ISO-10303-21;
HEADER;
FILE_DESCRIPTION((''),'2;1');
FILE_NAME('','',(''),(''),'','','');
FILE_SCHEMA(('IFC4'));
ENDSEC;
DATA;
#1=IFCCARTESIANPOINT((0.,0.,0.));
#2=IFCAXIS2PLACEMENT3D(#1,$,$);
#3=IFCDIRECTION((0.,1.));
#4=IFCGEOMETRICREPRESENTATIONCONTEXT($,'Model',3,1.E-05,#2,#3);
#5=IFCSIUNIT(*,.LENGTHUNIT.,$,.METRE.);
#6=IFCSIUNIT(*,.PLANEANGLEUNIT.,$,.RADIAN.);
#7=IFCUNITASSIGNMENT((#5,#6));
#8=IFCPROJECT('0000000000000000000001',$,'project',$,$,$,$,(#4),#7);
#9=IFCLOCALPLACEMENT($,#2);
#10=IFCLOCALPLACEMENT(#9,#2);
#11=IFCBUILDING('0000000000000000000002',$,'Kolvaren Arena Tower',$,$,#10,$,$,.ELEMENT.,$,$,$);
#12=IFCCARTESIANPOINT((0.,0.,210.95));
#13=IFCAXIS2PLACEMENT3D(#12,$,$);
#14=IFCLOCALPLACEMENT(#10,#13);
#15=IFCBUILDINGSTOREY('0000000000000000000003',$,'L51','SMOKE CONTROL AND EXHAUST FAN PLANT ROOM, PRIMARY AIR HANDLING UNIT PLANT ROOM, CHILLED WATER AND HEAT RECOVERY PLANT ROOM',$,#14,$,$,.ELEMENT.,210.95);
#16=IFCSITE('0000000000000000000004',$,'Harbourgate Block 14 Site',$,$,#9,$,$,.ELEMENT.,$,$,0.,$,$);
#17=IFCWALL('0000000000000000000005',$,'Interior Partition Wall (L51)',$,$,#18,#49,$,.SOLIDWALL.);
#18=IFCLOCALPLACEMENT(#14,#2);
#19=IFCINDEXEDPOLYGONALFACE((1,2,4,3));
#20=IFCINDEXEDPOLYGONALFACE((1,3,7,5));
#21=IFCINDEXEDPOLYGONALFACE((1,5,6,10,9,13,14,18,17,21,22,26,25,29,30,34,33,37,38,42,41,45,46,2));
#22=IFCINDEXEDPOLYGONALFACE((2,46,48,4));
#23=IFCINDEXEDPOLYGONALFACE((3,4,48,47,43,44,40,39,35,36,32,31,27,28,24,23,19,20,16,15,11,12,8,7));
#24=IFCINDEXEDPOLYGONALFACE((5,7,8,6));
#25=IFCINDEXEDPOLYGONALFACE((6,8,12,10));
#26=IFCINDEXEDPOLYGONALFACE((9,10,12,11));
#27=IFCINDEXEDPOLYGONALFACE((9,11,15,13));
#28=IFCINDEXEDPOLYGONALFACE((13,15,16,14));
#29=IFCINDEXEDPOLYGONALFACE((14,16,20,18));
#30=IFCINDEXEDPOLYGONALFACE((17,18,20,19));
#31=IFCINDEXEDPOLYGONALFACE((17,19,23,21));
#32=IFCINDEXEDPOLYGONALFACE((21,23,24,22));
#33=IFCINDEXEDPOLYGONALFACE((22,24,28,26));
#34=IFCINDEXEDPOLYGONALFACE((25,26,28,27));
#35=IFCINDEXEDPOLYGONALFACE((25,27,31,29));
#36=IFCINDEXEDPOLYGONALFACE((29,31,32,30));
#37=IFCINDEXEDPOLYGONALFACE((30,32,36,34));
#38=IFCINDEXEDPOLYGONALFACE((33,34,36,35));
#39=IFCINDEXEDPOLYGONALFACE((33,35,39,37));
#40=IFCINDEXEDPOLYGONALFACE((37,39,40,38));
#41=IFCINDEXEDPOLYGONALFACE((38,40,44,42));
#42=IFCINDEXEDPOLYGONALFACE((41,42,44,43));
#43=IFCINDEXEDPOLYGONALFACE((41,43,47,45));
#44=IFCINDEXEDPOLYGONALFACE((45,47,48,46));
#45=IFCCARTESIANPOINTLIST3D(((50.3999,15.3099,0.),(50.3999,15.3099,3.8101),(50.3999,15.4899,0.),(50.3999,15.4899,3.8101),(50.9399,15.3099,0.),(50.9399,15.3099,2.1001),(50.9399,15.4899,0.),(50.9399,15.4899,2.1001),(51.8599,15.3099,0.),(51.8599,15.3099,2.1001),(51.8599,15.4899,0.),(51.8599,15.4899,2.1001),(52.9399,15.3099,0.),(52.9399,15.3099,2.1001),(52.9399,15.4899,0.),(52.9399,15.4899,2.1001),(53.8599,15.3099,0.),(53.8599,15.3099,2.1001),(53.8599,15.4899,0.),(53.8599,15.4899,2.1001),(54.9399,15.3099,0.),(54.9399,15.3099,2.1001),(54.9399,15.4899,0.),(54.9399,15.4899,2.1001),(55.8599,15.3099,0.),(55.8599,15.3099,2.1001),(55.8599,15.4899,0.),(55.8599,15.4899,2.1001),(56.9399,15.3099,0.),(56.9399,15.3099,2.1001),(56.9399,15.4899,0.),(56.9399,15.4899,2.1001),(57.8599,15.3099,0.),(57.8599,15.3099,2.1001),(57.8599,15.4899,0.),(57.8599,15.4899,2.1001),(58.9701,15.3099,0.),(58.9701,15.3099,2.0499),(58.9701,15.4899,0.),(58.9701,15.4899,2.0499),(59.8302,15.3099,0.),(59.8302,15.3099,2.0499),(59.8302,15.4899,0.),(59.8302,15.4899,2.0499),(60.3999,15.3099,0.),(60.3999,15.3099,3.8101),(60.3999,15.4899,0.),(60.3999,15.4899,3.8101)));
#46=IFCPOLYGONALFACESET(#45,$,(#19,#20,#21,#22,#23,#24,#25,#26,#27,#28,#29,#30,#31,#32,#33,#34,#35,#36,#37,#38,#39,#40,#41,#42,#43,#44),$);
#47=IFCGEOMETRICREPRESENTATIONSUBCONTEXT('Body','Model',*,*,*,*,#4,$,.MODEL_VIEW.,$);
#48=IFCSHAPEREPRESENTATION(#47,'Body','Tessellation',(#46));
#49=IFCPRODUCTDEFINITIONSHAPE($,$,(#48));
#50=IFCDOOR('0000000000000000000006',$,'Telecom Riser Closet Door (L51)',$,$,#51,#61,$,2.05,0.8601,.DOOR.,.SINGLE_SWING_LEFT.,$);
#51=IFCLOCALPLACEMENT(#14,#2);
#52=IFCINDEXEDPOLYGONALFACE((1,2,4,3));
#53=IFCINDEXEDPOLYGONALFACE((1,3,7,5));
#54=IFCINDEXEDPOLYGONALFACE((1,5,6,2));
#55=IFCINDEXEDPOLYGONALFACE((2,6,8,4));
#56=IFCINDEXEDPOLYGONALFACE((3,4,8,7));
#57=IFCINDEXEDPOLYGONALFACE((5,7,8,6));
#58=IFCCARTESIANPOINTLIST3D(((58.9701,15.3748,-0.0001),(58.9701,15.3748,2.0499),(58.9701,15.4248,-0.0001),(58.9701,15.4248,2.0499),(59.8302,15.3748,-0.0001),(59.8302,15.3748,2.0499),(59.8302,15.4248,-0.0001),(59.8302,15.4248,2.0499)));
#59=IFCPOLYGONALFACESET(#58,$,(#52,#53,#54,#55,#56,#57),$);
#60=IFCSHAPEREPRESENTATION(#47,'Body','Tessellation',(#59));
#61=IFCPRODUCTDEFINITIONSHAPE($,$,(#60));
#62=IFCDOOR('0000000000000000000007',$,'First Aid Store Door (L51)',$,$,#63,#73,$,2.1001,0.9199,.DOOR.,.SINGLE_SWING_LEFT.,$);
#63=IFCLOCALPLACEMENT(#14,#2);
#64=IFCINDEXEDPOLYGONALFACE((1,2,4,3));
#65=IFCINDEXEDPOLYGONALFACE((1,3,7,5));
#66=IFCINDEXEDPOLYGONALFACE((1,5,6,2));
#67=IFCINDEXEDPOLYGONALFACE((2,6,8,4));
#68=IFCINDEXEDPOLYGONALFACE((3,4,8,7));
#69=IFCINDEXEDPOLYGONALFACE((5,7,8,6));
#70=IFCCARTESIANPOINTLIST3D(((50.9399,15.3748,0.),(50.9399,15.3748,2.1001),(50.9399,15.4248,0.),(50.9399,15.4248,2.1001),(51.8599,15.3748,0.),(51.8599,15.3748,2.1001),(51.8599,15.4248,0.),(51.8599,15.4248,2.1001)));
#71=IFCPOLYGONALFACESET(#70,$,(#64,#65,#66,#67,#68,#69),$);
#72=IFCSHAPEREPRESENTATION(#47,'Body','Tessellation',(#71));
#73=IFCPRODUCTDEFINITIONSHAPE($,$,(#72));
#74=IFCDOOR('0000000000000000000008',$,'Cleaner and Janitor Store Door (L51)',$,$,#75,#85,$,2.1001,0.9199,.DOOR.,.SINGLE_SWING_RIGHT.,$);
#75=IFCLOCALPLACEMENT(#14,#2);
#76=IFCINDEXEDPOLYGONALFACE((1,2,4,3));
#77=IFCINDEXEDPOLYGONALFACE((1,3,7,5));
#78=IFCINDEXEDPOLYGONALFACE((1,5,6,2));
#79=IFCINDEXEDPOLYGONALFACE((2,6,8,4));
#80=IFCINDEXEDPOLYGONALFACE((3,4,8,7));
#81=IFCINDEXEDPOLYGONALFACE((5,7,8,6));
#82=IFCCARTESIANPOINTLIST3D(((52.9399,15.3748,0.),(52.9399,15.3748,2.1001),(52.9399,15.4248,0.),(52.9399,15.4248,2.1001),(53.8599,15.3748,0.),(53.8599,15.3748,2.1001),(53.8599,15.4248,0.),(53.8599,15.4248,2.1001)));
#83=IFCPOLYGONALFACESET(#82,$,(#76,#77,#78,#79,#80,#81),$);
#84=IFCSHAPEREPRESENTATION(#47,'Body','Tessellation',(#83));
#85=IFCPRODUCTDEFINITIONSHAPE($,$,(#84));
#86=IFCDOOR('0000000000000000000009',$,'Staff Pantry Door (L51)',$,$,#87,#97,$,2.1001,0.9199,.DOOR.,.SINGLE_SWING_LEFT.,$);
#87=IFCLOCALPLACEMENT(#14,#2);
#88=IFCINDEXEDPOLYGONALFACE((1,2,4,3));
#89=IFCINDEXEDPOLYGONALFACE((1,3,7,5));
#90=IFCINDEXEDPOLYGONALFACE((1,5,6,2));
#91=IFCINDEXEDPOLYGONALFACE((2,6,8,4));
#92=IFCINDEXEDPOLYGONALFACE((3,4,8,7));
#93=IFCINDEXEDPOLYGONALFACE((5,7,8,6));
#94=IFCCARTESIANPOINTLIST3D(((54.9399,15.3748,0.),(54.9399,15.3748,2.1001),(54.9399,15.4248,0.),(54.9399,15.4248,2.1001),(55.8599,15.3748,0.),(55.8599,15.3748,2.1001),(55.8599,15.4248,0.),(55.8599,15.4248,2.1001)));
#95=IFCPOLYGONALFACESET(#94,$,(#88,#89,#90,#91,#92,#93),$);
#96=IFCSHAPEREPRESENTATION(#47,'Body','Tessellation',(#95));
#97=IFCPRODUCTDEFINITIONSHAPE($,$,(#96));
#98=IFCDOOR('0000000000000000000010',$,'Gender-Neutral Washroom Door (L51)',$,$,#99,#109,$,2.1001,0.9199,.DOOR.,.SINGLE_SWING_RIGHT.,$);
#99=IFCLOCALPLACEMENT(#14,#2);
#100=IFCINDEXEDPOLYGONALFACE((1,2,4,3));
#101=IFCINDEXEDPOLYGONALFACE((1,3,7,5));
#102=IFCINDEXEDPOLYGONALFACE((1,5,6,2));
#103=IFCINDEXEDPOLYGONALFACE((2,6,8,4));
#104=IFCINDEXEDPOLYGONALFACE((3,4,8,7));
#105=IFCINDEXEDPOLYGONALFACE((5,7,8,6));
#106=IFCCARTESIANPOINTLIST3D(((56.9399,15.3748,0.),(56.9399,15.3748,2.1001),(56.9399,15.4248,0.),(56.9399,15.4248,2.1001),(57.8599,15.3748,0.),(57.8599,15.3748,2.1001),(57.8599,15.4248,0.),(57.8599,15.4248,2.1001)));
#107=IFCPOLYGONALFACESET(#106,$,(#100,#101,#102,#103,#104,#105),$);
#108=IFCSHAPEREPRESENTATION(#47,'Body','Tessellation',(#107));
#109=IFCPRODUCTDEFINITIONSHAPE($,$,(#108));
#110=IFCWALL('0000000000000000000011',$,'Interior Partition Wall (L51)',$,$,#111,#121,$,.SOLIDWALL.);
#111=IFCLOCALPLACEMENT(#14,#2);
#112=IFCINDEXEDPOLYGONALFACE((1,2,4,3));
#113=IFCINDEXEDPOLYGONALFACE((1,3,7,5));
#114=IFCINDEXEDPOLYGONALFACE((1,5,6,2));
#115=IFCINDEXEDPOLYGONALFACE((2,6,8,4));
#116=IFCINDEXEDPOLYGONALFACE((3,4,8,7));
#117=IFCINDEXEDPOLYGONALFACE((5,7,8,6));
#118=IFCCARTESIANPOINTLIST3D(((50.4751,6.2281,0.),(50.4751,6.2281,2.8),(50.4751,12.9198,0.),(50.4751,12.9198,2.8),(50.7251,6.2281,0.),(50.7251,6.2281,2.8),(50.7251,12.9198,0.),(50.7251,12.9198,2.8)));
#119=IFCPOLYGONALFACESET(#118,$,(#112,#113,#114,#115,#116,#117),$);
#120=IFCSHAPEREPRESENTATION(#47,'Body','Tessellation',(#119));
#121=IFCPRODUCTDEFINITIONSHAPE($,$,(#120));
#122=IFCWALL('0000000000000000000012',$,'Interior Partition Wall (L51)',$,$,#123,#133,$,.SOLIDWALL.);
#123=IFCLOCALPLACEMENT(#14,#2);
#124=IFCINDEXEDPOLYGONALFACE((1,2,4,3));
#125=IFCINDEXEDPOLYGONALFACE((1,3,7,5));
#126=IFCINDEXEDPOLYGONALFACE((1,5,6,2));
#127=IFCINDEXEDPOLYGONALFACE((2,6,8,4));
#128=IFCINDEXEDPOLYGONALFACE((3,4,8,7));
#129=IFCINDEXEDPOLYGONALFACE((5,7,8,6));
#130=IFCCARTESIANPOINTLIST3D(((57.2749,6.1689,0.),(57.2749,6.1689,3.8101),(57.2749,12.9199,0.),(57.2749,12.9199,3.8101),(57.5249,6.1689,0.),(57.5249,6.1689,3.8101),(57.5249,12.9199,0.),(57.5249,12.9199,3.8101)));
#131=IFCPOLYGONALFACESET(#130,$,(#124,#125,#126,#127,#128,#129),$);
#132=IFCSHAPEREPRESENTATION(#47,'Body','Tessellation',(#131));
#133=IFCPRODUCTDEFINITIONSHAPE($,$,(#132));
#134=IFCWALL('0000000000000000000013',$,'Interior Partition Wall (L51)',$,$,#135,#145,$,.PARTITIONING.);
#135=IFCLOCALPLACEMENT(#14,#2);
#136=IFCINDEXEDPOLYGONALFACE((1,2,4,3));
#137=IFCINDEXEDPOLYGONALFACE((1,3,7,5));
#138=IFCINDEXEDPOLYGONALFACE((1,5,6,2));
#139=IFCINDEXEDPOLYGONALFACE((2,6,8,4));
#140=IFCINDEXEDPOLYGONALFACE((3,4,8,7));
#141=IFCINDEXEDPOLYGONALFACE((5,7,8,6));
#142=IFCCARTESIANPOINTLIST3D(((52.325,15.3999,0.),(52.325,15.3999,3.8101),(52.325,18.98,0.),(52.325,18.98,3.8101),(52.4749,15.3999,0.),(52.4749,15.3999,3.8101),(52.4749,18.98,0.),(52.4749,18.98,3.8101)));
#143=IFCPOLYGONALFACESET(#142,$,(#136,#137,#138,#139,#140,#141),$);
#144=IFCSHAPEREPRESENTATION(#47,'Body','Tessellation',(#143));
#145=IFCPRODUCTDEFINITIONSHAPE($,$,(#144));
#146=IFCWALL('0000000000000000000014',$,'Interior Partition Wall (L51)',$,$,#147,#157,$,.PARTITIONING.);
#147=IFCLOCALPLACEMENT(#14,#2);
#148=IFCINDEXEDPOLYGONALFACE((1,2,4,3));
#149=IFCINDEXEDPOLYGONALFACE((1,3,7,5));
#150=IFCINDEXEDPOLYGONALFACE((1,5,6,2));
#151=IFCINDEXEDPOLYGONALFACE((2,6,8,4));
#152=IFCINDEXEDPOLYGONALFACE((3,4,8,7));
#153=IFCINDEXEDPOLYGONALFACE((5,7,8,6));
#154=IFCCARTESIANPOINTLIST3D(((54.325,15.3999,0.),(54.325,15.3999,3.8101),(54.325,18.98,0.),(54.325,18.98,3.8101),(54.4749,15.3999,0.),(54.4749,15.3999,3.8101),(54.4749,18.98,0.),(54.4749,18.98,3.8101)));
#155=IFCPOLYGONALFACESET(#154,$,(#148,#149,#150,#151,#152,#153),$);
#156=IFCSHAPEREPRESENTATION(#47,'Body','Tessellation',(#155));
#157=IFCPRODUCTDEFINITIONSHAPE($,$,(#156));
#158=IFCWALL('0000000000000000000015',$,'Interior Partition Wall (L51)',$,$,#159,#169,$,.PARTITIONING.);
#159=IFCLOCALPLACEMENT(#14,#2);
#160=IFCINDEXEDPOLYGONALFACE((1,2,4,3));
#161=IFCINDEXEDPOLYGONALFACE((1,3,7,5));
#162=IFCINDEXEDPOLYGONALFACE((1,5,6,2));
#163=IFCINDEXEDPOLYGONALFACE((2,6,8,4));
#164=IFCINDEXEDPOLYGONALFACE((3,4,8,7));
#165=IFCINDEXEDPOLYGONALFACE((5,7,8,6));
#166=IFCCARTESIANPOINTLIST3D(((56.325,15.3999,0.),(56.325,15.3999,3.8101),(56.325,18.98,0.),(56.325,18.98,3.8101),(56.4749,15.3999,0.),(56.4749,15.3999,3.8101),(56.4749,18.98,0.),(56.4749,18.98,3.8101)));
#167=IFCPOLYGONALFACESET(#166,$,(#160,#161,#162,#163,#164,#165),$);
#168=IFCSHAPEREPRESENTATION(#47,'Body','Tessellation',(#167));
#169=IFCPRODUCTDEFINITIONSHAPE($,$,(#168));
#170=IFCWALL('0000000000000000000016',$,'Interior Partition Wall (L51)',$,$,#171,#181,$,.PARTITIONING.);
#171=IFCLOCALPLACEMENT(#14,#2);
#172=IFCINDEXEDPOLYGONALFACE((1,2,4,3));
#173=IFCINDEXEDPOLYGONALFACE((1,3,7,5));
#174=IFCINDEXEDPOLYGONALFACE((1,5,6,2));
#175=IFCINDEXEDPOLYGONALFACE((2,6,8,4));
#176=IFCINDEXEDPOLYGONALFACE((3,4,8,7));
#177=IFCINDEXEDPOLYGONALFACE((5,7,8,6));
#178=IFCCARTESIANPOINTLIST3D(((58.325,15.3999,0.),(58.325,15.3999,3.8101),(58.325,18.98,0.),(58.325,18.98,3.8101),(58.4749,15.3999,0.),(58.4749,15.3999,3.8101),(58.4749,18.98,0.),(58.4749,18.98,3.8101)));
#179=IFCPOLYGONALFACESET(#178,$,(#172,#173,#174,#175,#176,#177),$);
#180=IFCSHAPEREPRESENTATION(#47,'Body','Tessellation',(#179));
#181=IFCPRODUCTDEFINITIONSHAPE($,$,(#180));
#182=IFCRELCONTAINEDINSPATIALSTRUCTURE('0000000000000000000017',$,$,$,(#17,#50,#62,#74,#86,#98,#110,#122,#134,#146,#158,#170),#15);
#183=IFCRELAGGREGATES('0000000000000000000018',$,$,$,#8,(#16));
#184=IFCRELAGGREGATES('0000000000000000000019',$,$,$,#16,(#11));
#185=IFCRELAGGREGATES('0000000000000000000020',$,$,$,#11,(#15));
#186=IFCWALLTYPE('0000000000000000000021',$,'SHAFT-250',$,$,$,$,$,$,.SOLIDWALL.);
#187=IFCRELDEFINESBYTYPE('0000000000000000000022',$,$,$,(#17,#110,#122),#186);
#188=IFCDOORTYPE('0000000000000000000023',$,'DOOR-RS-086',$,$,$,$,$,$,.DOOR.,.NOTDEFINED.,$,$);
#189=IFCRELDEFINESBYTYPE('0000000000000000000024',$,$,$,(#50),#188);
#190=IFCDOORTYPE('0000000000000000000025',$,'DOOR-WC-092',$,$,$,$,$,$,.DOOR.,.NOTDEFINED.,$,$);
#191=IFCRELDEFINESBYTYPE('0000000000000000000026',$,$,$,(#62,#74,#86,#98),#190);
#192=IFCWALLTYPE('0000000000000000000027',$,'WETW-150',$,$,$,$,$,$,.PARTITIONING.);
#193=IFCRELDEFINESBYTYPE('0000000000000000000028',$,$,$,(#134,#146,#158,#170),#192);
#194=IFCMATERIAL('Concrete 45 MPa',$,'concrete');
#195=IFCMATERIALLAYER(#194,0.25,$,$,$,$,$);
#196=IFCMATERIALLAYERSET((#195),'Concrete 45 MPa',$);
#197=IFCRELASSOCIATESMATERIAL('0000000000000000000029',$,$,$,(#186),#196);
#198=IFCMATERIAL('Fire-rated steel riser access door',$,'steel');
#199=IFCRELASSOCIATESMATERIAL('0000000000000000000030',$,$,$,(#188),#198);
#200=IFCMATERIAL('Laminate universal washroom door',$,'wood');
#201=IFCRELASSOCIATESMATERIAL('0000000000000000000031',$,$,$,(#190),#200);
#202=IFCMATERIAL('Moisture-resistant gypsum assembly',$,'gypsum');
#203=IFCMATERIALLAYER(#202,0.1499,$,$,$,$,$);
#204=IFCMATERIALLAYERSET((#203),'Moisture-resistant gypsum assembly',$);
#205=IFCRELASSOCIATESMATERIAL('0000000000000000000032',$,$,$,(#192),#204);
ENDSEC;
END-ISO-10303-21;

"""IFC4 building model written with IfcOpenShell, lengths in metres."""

from ifc_helpers import new_model, si_unit, direction, frame, frame_2d, origin, place, context, subcontext, project, spatial, rectangle, extrude, material, layer, layer_set, type_object, element, fill, save


model = new_model("IFC4")

# Units and contexts
model_context = context("Model", 3, precision=1e-05, world=origin(), true_north=direction((0.0, 1.0)))
body_context = subcontext(model_context, "Body", "Model", "MODEL_VIEW")
ifc_project = project(units=[si_unit("LENGTHUNIT", "METRE"), si_unit("PLANEANGLEUNIT", "RADIAN")], contexts=[model_context])

# Site, building, storey
site_placement = place(None, origin())
site = spatial("IfcSite", under=ifc_project, at=site_placement, Name="Harbourgate Block 14 Site", CompositionType="ELEMENT", RefElevation=0.0)
building_placement = place(site_placement, origin())
building = spatial("IfcBuilding", under=site, at=building_placement, Name="Kolvaren Arena Tower", CompositionType="ELEMENT")
storey_placement = place(building_placement, frame((0.0, 0.0, 210.95)))
storey = spatial("IfcBuildingStorey", under=building, at=storey_placement, Name="L51", Description="SMOKE CONTROL AND EXHAUST FAN PLANT ROOM, PRIMARY AIR HANDLING UNIT PLANT ROOM, CHILLED WATER AND HEAT RECOVERY PLANT ROOM", CompositionType="ELEMENT", Elevation=210.95)

# Wall, openings, doors
ifc_material_1 = material(Name="Concrete 45 MPa", Category="concrete")
ifc_layer_1 = layer(ifc_material_1, 0.25)
ifc_layer_set_1 = layer_set([ifc_layer_1], Name="Concrete 45 MPa")
wall_type_1 = type_object("IfcWallType", Name="SHAFT-250", PredefinedType="SOLIDWALL", material=ifc_layer_set_1)
wall_1_placement = place(storey_placement, frame((50.3999, 15.3999, 0.0), z_axis=(0.0, 0.0, 1.0), x_axis=(1.0, 0.0, 0.0)))
wall_1 = element("IfcWall", 1, at=wall_1_placement, inside=storey, type_object=wall_type_1, Name="Interior Partition Wall (L51)", PredefinedType="SOLIDWALL", context=body_context, shape_type="SweptSolid", body=[
    extrude(rectangle(XDim=10.0, YDim=0.1799, at=frame_2d((5.0, 0.0))), origin(), (0.0, 0.0, 1.0), 3.8101),
])
opening_1_placement = place(wall_1_placement, frame((0.54, 0.0, 0.0)))
opening_1 = element("IfcOpeningElement", 2, at=opening_1_placement, cuts=wall_1, PredefinedType="OPENING", context=body_context, shape_type="SweptSolid", body=[
    extrude(rectangle(XDim=0.9199, YDim=2.1001, at=frame_2d((0.46, 1.05))), frame((0.0, 0.0999, 0.0), z_axis=(0.0, -1.0, 0.0), x_axis=(1.0, 0.0, 0.0)), (0.0, 0.0, 1.0), 0.2),
])
opening_2_placement = place(wall_1_placement, frame((2.54, 0.0, 0.0)))
opening_2 = element("IfcOpeningElement", 3, at=opening_2_placement, cuts=wall_1, PredefinedType="OPENING", context=body_context, shape_type="SweptSolid", body=[
    extrude(rectangle(XDim=0.9199, YDim=2.1001, at=frame_2d((0.46, 1.05))), frame((0.0, 0.0999, 0.0), z_axis=(0.0, -1.0, 0.0), x_axis=(1.0, 0.0, 0.0)), (0.0, 0.0, 1.0), 0.2),
])
opening_3_placement = place(wall_1_placement, frame((4.54, 0.0, 0.0)))
opening_3 = element("IfcOpeningElement", 4, at=opening_3_placement, cuts=wall_1, PredefinedType="OPENING", context=body_context, shape_type="SweptSolid", body=[
    extrude(rectangle(XDim=0.9199, YDim=2.1001, at=frame_2d((0.46, 1.05))), frame((0.0, 0.0999, 0.0), z_axis=(0.0, -1.0, 0.0), x_axis=(1.0, 0.0, 0.0)), (0.0, 0.0, 1.0), 0.2),
])
opening_4_placement = place(wall_1_placement, frame((6.54, 0.0, 0.0)))
opening_4 = element("IfcOpeningElement", 5, at=opening_4_placement, cuts=wall_1, PredefinedType="OPENING", context=body_context, shape_type="SweptSolid", body=[
    extrude(rectangle(XDim=0.9199, YDim=2.1001, at=frame_2d((0.46, 1.05))), frame((0.0, 0.0999, 0.0), z_axis=(0.0, -1.0, 0.0), x_axis=(1.0, 0.0, 0.0)), (0.0, 0.0, 1.0), 0.2),
])
opening_5_placement = place(wall_1_placement, frame((8.5701, 0.0, 0.0)))
opening_5 = element("IfcOpeningElement", 6, at=opening_5_placement, cuts=wall_1, PredefinedType="OPENING", context=body_context, shape_type="SweptSolid", body=[
    extrude(rectangle(XDim=0.8601, YDim=2.05, at=frame_2d((0.4302, 1.0249))), frame((0.0, 0.0999, 0.0), z_axis=(0.0, -1.0, 0.0), x_axis=(1.0, 0.0, 0.0)), (0.0, 0.0, 1.0), 0.2),
])
ifc_material_2 = material(Name="Fire-rated steel riser access door", Category="steel")
door_type_1 = type_object("IfcDoorType", Name="DOOR-RS-086", OperationType="NOTDEFINED", PredefinedType="DOOR", material=ifc_material_2)
door_1_placement = place(opening_5_placement, origin())
door_1 = element("IfcDoor", 7, at=door_1_placement, inside=storey, type_object=door_type_1, Name="Telecom Riser Closet Door (L51)", OperationType="SINGLE_SWING_LEFT", OverallHeight=2.05, OverallWidth=0.8601, PredefinedType="DOOR", context=body_context, shape_type="SweptSolid", body=[
    extrude(rectangle(XDim=0.8601, YDim=2.05, at=frame_2d((0.4302, 1.0249))), frame((0.0, 0.0249, 0.0), z_axis=(0.0, -1.0, 0.0), x_axis=(1.0, 0.0, 0.0)), (0.0, 0.0, 1.0), 0.05),
])
fill(opening_5, door_1)
ifc_material_3 = material(Name="Laminate universal washroom door", Category="wood")
door_type_2 = type_object("IfcDoorType", Name="DOOR-WC-092", OperationType="NOTDEFINED", PredefinedType="DOOR", material=ifc_material_3)
door_2_placement = place(opening_1_placement, origin())
door_2 = element("IfcDoor", 8, at=door_2_placement, inside=storey, type_object=door_type_2, Name="First Aid Store Door (L51)", OperationType="SINGLE_SWING_LEFT", OverallHeight=2.1001, OverallWidth=0.9199, PredefinedType="DOOR", context=body_context, shape_type="SweptSolid", body=[
    extrude(rectangle(XDim=0.9199, YDim=2.1001, at=frame_2d((0.46, 1.05))), frame((0.0, 0.0249, 0.0), z_axis=(0.0, -1.0, 0.0), x_axis=(1.0, 0.0, 0.0)), (0.0, 0.0, 1.0), 0.05),
])
fill(opening_1, door_2)
door_3_placement = place(opening_2_placement, origin())
door_3 = element("IfcDoor", 9, at=door_3_placement, inside=storey, type_object=door_type_2, Name="Cleaner and Janitor Store Door (L51)", OperationType="SINGLE_SWING_RIGHT", OverallHeight=2.1001, OverallWidth=0.9199, PredefinedType="DOOR", context=body_context, shape_type="SweptSolid", body=[
    extrude(rectangle(XDim=0.9199, YDim=2.1001, at=frame_2d((0.46, 1.05))), frame((0.0, 0.0249, 0.0), z_axis=(0.0, -1.0, 0.0), x_axis=(1.0, 0.0, 0.0)), (0.0, 0.0, 1.0), 0.05),
])
fill(opening_2, door_3)
door_4_placement = place(opening_3_placement, origin())
door_4 = element("IfcDoor", 10, at=door_4_placement, inside=storey, type_object=door_type_2, Name="Staff Pantry Door (L51)", OperationType="SINGLE_SWING_LEFT", OverallHeight=2.1001, OverallWidth=0.9199, PredefinedType="DOOR", context=body_context, shape_type="SweptSolid", body=[
    extrude(rectangle(XDim=0.9199, YDim=2.1001, at=frame_2d((0.46, 1.05))), frame((0.0, 0.0249, 0.0), z_axis=(0.0, -1.0, 0.0), x_axis=(1.0, 0.0, 0.0)), (0.0, 0.0, 1.0), 0.05),
])
fill(opening_3, door_4)
door_5_placement = place(opening_4_placement, origin())
door_5 = element("IfcDoor", 11, at=door_5_placement, inside=storey, type_object=door_type_2, Name="Gender-Neutral Washroom Door (L51)", OperationType="SINGLE_SWING_RIGHT", OverallHeight=2.1001, OverallWidth=0.9199, PredefinedType="DOOR", context=body_context, shape_type="SweptSolid", body=[
    extrude(rectangle(XDim=0.9199, YDim=2.1001, at=frame_2d((0.46, 1.05))), frame((0.0, 0.0249, 0.0), z_axis=(0.0, -1.0, 0.0), x_axis=(1.0, 0.0, 0.0)), (0.0, 0.0, 1.0), 0.05),
])
fill(opening_4, door_5)

# Walls
wall_2_placement = place(storey_placement, frame((50.6001, 6.2283, 0.0), z_axis=(0.0, 0.0, 1.0), x_axis=(0.0, 1.0, 0.0)))
element("IfcWall", 12, at=wall_2_placement, inside=storey, type_object=wall_type_1, Name="Interior Partition Wall (L51)", PredefinedType="SOLIDWALL", context=body_context, shape_type="SweptSolid", body=[
    extrude(rectangle(XDim=6.6917, YDim=0.25, at=frame_2d((3.3457, 0.0))), origin(), (0.0, 0.0, 1.0), 2.8),
])
wall_3_placement = place(storey_placement, frame((57.3999, 6.1689, 0.0), z_axis=(0.0, 0.0, 1.0), x_axis=(0.0, 1.0, 0.0)))
element("IfcWall", 13, at=wall_3_placement, inside=storey, type_object=wall_type_1, Name="Interior Partition Wall (L51)", PredefinedType="SOLIDWALL", context=body_context, shape_type="SweptSolid", body=[
    extrude(rectangle(XDim=6.751, YDim=0.25, at=frame_2d((3.3755, 0.0))), origin(), (0.0, 0.0, 1.0), 3.8101),
])
ifc_material_4 = material(Name="Moisture-resistant gypsum assembly", Category="gypsum")
ifc_layer_2 = layer(ifc_material_4, 0.1499)
ifc_layer_set_2 = layer_set([ifc_layer_2], Name="Moisture-resistant gypsum assembly")
wall_type_2 = type_object("IfcWallType", Name="WETW-150", PredefinedType="PARTITIONING", material=ifc_layer_set_2)
for number, where, z_axis, x_axis, name in (
    (14, (52.3999, 15.3999, 0.0), (0.0, 0.0, 1.0), (0.0, 1.0, 0.0), "Interior Partition Wall (L51)"),
    (15, (54.3999, 15.3999, 0.0), (0.0, 0.0, 1.0), (0.0, 1.0, 0.0), "Interior Partition Wall (L51)"),
    (16, (56.3999, 15.3999, 0.0), (0.0, 0.0, 1.0), (0.0, 1.0, 0.0), "Interior Partition Wall (L51)"),
    (17, (58.3999, 15.3999, 0.0), (0.0, 0.0, 1.0), (0.0, 1.0, 0.0), "Interior Partition Wall (L51)"),
):
    element("IfcWall", number, at=place(storey_placement, frame(where, z_axis=z_axis, x_axis=x_axis)), inside=storey, type_object=wall_type_2, Name=name, PredefinedType="PARTITIONING", context=body_context, shape_type="SweptSolid", body=[
        extrude(rectangle(XDim=3.5801, YDim=0.1499, at=frame_2d((1.79, 0.0))), origin(), (0.0, 0.0, 1.0), 3.8101),
    ])

save(model, "model.ifc")
